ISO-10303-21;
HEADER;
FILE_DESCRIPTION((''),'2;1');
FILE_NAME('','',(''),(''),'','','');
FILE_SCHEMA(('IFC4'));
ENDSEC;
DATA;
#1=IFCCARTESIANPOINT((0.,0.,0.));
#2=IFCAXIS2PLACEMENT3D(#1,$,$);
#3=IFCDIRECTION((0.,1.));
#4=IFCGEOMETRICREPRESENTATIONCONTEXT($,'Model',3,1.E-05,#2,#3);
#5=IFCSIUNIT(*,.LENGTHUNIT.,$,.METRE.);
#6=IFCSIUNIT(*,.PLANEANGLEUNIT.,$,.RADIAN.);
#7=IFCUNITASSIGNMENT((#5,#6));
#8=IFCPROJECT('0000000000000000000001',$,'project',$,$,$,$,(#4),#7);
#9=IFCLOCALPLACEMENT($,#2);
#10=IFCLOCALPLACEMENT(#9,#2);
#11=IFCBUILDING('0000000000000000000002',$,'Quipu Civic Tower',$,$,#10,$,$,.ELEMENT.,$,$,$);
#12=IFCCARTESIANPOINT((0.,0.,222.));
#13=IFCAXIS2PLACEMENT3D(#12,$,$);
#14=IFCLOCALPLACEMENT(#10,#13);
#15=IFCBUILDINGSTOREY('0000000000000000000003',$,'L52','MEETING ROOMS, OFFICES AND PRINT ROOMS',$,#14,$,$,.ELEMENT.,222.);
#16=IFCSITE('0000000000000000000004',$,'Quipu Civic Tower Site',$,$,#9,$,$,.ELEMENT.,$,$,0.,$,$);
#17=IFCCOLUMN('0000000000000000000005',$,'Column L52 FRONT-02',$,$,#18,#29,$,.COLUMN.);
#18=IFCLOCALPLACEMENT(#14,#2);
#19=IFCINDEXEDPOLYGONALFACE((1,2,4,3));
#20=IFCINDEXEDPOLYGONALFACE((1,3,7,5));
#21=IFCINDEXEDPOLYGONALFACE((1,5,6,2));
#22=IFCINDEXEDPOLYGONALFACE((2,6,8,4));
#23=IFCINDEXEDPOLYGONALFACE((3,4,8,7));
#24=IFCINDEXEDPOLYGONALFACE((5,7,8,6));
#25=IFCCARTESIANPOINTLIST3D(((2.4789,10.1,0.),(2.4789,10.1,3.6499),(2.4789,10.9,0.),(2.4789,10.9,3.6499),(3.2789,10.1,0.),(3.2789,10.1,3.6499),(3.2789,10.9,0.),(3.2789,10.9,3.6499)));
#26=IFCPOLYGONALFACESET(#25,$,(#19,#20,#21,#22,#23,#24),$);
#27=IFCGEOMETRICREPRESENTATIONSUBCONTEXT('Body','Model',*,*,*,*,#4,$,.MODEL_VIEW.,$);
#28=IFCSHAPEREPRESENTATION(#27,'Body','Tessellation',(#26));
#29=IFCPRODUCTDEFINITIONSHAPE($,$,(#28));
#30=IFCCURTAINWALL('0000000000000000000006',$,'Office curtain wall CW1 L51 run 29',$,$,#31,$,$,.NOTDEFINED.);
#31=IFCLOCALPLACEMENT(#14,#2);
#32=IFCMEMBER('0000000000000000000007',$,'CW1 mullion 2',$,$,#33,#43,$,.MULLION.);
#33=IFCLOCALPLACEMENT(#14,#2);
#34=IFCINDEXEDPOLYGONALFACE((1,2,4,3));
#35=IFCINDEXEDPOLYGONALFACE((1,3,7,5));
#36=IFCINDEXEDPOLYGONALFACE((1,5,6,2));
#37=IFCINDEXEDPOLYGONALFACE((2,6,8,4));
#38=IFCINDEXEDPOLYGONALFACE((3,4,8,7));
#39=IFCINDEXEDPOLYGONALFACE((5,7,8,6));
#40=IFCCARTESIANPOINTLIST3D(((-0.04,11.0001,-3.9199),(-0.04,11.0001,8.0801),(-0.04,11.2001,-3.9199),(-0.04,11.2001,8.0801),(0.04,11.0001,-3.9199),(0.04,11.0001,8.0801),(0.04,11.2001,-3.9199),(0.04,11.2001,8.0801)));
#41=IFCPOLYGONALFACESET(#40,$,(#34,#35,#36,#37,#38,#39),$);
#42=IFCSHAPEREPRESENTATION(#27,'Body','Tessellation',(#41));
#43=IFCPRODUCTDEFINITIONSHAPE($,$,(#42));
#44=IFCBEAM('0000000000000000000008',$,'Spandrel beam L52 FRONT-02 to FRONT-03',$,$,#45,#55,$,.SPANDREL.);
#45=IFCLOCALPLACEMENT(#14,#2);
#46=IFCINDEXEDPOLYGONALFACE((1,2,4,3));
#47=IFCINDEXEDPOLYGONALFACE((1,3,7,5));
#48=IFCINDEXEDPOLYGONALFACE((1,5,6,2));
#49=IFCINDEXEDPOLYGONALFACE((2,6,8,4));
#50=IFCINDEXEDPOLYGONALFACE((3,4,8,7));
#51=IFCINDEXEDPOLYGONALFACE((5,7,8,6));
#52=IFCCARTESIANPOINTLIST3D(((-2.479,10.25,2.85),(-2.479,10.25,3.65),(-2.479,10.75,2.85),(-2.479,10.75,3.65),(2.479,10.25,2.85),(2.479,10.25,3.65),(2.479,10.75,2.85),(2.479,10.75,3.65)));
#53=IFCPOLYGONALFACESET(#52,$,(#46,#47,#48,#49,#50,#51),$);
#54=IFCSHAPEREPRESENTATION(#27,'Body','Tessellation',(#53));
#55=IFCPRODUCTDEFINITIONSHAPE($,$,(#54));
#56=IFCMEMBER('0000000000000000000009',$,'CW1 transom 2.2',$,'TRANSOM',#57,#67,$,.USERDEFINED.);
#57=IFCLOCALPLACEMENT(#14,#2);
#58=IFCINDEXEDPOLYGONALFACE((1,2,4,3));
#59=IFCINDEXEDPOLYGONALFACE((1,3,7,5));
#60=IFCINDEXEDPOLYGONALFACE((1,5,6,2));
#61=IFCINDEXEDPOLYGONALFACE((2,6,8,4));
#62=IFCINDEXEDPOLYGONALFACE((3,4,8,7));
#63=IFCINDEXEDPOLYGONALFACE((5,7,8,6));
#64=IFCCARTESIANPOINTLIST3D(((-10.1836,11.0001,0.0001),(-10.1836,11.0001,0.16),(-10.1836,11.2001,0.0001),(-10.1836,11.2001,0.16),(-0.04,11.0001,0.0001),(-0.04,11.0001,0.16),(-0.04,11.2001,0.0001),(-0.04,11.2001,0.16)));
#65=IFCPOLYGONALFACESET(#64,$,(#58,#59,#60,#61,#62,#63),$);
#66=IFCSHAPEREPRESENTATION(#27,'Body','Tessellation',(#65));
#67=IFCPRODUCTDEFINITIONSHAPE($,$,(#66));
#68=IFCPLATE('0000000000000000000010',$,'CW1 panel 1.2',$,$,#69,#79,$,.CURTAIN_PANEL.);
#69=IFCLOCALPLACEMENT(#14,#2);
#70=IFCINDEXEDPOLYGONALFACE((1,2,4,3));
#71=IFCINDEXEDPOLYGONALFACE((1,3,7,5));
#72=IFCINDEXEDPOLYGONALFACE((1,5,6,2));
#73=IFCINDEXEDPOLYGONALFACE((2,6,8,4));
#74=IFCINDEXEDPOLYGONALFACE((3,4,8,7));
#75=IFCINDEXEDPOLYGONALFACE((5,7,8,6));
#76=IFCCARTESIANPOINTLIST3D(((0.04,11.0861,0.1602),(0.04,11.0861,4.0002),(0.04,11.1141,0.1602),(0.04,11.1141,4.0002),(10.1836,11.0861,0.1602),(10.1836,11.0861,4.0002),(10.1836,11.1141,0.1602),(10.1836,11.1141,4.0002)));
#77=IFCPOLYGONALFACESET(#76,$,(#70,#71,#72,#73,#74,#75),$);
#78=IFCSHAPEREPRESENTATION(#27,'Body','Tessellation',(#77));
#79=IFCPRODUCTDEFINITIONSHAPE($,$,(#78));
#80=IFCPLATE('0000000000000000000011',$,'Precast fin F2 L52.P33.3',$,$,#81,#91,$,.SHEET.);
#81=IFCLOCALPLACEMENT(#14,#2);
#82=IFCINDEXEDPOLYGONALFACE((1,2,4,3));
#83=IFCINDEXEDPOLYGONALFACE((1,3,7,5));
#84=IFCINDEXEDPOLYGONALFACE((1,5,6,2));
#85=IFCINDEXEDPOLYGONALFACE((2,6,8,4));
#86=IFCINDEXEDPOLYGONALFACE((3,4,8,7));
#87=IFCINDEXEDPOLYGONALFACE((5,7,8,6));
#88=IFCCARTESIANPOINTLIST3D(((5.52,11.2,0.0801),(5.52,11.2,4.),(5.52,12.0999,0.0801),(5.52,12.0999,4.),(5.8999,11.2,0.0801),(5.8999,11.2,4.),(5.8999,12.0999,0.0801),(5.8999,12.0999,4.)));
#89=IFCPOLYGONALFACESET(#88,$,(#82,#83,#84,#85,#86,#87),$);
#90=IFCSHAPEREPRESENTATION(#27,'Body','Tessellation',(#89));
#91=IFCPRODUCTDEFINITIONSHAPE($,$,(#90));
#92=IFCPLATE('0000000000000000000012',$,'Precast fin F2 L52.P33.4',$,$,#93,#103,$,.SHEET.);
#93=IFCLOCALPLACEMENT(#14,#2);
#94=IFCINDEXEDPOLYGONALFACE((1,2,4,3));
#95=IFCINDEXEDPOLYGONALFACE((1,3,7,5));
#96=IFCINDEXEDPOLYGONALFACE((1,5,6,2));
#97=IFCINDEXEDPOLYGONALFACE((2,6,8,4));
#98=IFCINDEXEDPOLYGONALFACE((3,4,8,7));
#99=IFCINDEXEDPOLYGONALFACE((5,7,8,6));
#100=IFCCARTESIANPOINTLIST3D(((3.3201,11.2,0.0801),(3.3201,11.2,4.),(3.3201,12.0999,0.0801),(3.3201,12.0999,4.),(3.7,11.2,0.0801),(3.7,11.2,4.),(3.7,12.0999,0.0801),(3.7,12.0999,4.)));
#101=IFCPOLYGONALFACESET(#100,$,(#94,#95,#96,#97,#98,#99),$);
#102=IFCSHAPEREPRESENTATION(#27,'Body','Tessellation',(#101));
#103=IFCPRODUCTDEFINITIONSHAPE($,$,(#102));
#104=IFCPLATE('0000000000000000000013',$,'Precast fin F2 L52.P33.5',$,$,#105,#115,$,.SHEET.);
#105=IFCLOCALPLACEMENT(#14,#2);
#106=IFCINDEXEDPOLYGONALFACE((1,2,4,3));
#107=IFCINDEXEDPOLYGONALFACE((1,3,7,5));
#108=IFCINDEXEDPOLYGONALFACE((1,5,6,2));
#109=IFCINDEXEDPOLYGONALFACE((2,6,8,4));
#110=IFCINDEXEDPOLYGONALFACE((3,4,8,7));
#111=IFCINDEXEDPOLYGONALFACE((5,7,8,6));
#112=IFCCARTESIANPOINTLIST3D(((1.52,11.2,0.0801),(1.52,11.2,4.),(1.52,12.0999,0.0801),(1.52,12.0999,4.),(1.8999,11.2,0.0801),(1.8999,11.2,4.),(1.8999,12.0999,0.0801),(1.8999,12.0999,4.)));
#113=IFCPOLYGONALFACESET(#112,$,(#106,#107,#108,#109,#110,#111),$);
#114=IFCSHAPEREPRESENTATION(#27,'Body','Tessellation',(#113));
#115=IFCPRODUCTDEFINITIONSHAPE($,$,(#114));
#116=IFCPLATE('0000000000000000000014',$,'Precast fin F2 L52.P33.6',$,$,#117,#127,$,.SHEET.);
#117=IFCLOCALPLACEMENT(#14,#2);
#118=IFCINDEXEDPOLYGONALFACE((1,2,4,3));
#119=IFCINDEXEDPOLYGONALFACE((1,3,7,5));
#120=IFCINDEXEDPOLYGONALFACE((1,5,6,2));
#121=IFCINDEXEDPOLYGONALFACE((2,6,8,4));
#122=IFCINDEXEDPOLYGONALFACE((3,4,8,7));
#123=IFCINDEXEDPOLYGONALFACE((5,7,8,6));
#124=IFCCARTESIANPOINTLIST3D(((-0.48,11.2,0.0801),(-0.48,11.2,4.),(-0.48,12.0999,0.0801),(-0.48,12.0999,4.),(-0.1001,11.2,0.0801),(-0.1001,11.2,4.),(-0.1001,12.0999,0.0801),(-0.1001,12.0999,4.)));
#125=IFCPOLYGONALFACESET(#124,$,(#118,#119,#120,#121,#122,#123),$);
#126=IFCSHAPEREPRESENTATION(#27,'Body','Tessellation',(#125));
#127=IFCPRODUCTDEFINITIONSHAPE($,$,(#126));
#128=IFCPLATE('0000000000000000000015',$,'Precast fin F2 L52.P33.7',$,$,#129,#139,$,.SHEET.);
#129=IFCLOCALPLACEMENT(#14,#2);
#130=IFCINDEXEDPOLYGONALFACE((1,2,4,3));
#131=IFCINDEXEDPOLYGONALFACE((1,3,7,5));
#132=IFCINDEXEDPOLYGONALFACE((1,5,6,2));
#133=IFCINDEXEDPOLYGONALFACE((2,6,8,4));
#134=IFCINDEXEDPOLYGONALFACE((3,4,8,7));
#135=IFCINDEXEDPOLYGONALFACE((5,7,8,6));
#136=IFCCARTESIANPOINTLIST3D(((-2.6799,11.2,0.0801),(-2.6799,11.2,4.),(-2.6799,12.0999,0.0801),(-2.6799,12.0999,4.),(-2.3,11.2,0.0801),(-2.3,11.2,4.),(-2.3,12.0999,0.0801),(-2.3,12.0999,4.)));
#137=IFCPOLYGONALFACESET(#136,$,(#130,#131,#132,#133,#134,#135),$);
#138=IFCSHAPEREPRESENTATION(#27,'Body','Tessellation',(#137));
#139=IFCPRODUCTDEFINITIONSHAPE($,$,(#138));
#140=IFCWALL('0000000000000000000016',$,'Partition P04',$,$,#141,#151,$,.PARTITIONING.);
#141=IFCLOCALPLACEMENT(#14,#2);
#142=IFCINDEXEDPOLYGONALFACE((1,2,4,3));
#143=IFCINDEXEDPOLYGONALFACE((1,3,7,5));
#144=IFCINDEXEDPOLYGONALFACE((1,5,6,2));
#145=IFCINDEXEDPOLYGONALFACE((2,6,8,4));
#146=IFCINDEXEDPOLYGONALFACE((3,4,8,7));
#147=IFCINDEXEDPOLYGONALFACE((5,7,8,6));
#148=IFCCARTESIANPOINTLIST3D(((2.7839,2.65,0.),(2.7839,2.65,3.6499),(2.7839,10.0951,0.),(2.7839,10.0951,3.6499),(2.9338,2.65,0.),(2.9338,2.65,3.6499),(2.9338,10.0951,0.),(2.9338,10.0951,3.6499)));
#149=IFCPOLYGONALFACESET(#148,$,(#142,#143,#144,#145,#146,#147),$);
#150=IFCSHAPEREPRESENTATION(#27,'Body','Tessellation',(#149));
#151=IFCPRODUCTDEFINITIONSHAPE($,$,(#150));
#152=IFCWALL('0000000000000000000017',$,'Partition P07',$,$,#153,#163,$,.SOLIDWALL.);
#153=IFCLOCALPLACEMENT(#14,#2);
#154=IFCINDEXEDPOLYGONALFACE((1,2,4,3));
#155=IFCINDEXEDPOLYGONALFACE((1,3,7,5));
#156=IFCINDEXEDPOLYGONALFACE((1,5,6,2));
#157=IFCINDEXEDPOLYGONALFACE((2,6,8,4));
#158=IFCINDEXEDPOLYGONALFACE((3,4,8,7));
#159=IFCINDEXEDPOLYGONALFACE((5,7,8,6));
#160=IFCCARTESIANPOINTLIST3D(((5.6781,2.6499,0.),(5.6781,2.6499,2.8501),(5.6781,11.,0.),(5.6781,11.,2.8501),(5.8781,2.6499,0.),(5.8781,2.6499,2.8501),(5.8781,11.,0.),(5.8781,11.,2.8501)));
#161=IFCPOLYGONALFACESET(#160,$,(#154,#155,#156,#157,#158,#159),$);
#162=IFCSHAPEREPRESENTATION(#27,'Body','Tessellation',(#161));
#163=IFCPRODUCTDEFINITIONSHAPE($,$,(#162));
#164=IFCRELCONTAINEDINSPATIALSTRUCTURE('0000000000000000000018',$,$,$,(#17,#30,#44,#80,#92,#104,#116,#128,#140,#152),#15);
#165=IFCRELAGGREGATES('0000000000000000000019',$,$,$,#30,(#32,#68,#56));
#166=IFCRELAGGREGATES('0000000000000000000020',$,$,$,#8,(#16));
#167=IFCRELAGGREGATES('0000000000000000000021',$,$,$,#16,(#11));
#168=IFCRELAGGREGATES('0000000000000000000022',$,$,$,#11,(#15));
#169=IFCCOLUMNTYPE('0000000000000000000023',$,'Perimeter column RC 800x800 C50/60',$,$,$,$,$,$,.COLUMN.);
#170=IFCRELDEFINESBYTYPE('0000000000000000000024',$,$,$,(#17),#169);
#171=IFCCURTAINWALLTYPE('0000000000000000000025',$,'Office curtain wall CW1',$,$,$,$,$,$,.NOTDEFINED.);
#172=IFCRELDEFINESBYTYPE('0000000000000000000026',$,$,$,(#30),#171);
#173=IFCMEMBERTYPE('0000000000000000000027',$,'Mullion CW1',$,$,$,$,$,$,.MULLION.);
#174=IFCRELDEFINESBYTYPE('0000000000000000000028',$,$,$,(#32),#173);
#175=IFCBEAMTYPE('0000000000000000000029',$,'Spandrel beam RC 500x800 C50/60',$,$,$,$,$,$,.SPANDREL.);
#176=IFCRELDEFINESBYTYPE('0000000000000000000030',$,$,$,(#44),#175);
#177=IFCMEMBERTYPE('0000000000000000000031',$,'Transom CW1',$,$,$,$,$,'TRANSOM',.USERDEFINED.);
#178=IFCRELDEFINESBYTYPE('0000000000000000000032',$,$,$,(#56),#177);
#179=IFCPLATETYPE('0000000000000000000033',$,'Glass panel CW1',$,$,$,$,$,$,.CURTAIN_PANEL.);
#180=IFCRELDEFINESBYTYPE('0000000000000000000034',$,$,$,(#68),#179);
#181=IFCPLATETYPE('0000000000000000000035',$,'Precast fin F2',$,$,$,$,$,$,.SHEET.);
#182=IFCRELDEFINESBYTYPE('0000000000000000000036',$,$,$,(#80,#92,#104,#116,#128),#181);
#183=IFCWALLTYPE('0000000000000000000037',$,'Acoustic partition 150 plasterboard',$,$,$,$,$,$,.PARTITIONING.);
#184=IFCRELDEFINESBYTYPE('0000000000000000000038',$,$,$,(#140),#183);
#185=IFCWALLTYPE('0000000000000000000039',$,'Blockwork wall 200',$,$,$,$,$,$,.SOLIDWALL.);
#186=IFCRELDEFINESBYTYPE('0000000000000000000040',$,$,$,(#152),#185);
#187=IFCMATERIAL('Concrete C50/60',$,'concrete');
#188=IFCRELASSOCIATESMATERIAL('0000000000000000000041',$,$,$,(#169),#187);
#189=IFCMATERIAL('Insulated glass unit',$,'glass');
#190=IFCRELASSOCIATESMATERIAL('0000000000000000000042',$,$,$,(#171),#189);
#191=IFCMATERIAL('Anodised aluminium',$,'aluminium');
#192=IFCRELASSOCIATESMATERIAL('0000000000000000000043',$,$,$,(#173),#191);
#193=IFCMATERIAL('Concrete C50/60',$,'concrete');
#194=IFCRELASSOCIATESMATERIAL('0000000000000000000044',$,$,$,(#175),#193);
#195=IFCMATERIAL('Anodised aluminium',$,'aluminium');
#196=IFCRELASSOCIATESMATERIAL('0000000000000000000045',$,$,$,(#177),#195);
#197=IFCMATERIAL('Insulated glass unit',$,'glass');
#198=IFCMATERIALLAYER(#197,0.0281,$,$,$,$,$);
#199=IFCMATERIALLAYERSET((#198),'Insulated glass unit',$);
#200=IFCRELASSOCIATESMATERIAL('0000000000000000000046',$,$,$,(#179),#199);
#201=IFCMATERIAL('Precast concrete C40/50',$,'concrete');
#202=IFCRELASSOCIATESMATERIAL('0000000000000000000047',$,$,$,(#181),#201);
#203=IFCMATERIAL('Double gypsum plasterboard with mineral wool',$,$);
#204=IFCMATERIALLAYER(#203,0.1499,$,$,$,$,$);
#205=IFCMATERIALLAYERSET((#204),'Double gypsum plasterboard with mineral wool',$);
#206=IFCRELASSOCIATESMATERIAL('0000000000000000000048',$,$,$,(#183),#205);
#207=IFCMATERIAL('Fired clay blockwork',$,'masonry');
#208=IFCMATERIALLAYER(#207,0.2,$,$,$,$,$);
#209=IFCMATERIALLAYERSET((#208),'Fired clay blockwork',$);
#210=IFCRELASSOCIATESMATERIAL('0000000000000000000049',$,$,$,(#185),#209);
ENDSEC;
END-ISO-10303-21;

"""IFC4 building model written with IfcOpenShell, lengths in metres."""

from ifc_helpers import new_model, si_unit, direction, frame, frame_2d, origin, origin_2d, place, context, subcontext, project, spatial, rectangle, extrude, material, layer, layer_set, material_profile, profile_set, type_object, element, aggregate, save


model = new_model("IFC4")

# Units and contexts
model_context = context("Model", 3, precision=1e-05, world=origin(), true_north=direction((0.0, 1.0)))
body_context = subcontext(model_context, "Body", "Model", "MODEL_VIEW")
ifc_project = project(units=[si_unit("LENGTHUNIT", "METRE"), si_unit("PLANEANGLEUNIT", "RADIAN")], contexts=[model_context])

# Site, building, storey
site_placement = place(None, origin())
site = spatial("IfcSite", under=ifc_project, at=site_placement, Name="Quipu Civic Tower Site", CompositionType="ELEMENT", RefElevation=0.0)
building_placement = place(site_placement, origin())
building = spatial("IfcBuilding", under=site, at=building_placement, Name="Quipu Civic Tower", CompositionType="ELEMENT")
storey_placement = place(building_placement, frame((0.0, 0.0, 222.0)))
storey = spatial("IfcBuildingStorey", under=building, at=storey_placement, Name="L52", Description="MEETING ROOMS, OFFICES AND PRINT ROOMS", CompositionType="ELEMENT", Elevation=222.0)

# Column
ifc_material_1 = material(Name="Concrete C50/60", Category="concrete")
ifc_material_profile_1 = material_profile(ifc_material_1, rectangle(XDim=0.8, YDim=0.8, at=origin_2d()), Name="RC800x800")
ifc_profile_set_1 = profile_set([ifc_material_profile_1], Name="Concrete C50/60")
column_type = type_object("IfcColumnType", Name="Perimeter column RC 800x800 C50/60", PredefinedType="COLUMN", material=ifc_profile_set_1)
column_placement = place(storey_placement, frame((2.8789, 10.5, 0.0), z_axis=(0.0, 0.0, 1.0), x_axis=(-1.0, 0.0, 0.0)))
element("IfcColumn", 1, at=column_placement, inside=storey, type_object=column_type, Name="Column L52 FRONT-02", PredefinedType="COLUMN", context=body_context, shape_type="SweptSolid", body=[
    extrude(rectangle(XDim=0.8, YDim=0.8, at=origin_2d()), origin(), (0.0, 0.0, 1.0), 3.6499),
])

# Curtain wall, member
ifc_material_2 = material(Name="Insulated glass unit", Category="glass")
curtain_wall_type = type_object("IfcCurtainWallType", Name="Office curtain wall CW1", PredefinedType="NOTDEFINED", material=ifc_material_2)
curtain_wall_placement = place(storey_placement, origin())
curtain_wall = element("IfcCurtainWall", 2, at=curtain_wall_placement, inside=storey, type_object=curtain_wall_type, Name="Office curtain wall CW1 L51 run 29", PredefinedType="NOTDEFINED")
ifc_material_3 = material(Name="Anodised aluminium", Category="aluminium")
ifc_material_profile_2 = material_profile(ifc_material_3, rectangle(XDim=0.2, YDim=0.0801, at=origin_2d()), Name="RECT 200x80")
ifc_profile_set_2 = profile_set([ifc_material_profile_2], Name="Anodised aluminium")
member_type_1 = type_object("IfcMemberType", Name="Mullion CW1", PredefinedType="MULLION", material=ifc_profile_set_2)
member_1_placement = place(storey_placement, frame((0.0, 11.1001, -3.9199), z_axis=(0.0, 0.0, 1.0), x_axis=(0.0, -1.0, 0.0)))
member_1 = element("IfcMember", 3, at=member_1_placement, type_object=member_type_1, Name="CW1 mullion 2", PredefinedType="MULLION", context=body_context, shape_type="SweptSolid", body=[
    extrude(rectangle(XDim=0.2, YDim=0.0801, at=origin_2d()), origin(), (0.0, 0.0, 1.0), 12.0),
])

# Beam
ifc_material_4 = material(Name="Concrete C50/60", Category="concrete")
ifc_material_profile_3 = material_profile(ifc_material_4, rectangle(XDim=0.5, YDim=0.8, at=origin_2d()), Name="RC500x800")
ifc_profile_set_3 = profile_set([ifc_material_profile_3], Name="Concrete C50/60")
beam_type = type_object("IfcBeamType", Name="Spandrel beam RC 500x800 C50/60", PredefinedType="SPANDREL", material=ifc_profile_set_3)
beam_placement = place(storey_placement, frame((2.479, 10.5, 3.25), z_axis=(-1.0, 0.0, 0.0), x_axis=(0.0, -1.0, 0.0)))
element("IfcBeam", 4, at=beam_placement, inside=storey, type_object=beam_type, Name="Spandrel beam L52 FRONT-02 to FRONT-03", PredefinedType="SPANDREL", context=body_context, shape_type="SweptSolid", body=[
    extrude(rectangle(XDim=0.5, YDim=0.8, at=origin_2d()), origin(), (0.0, 0.0, 1.0), 4.958),
])

# Member
ifc_material_5 = material(Name="Anodised aluminium", Category="aluminium")
ifc_material_profile_4 = material_profile(ifc_material_5, rectangle(XDim=0.2, YDim=0.1599, at=origin_2d()), Name="RECT 200x160")
ifc_profile_set_4 = profile_set([ifc_material_profile_4], Name="Anodised aluminium")
member_type_2 = type_object("IfcMemberType", Name="Transom CW1", ElementType="TRANSOM", PredefinedType="USERDEFINED", material=ifc_profile_set_4)
member_2_placement = place(storey_placement, frame((-0.04, 11.1001, 0.0801), z_axis=(-1.0, 0.0, 0.0), x_axis=(0.0, -1.0, 0.0)))
member_2 = element("IfcMember", 5, at=member_2_placement, type_object=member_type_2, Name="CW1 transom 2.2", ObjectType="TRANSOM", PredefinedType="USERDEFINED", context=body_context, shape_type="SweptSolid", body=[
    extrude(rectangle(XDim=0.2, YDim=0.1599, at=origin_2d()), origin(), (0.0, 0.0, 1.0), 10.1436),
])

# Plate
ifc_material_6 = material(Name="Insulated glass unit", Category="glass")
ifc_layer_1 = layer(ifc_material_6, 0.0281)
ifc_layer_set_1 = layer_set([ifc_layer_1], Name="Insulated glass unit")
plate_type_1 = type_object("IfcPlateType", Name="Glass panel CW1", PredefinedType="CURTAIN_PANEL", material=ifc_layer_set_1)
plate_placement = place(storey_placement, frame((5.1118, 11.1001, 0.1602), z_axis=(0.0, 0.0, 1.0), x_axis=(-1.0, 0.0, 0.0)))
plate = element("IfcPlate", 6, at=plate_placement, type_object=plate_type_1, Name="CW1 panel 1.2", PredefinedType="CURTAIN_PANEL", context=body_context, shape_type="SweptSolid", body=[
    extrude(rectangle(XDim=10.1436, YDim=0.0281, at=origin_2d()), origin(), (0.0, 0.0, 1.0), 3.8401),
])
aggregate(curtain_wall, [member_1, plate, member_2])

# Plates
ifc_material_7 = material(Name="Precast concrete C40/50", Category="concrete")
plate_type_2 = type_object("IfcPlateType", Name="Precast fin F2", PredefinedType="SHEET", material=ifc_material_7)
for number, where, z_axis, x_axis, name in (
    (7, (5.71, 11.6499, 0.0801), (0.0, 0.0, 1.0), (-1.0, 0.0, 0.0), "Precast fin F2 L52.P33.3"),
    (8, (3.51, 11.6499, 0.0801), (0.0, 0.0, 1.0), (-1.0, 0.0, 0.0), "Precast fin F2 L52.P33.4"),
    (9, (1.71, 11.6499, 0.0801), (0.0, 0.0, 1.0), (-1.0, 0.0, 0.0), "Precast fin F2 L52.P33.5"),
    (10, (-0.29, 11.6499, 0.0801), (0.0, 0.0, 1.0), (-1.0, 0.0, 0.0), "Precast fin F2 L52.P33.6"),
    (11, (-2.49, 11.6499, 0.0801), (0.0, 0.0, 1.0), (-1.0, 0.0, 0.0), "Precast fin F2 L52.P33.7"),
):
    element("IfcPlate", number, at=place(storey_placement, frame(where, z_axis=z_axis, x_axis=x_axis)), inside=storey, type_object=plate_type_2, Name=name, PredefinedType="SHEET", context=body_context, shape_type="SweptSolid", body=[
        extrude(rectangle(XDim=0.3799, YDim=0.8999, at=origin_2d()), origin(), (0.0, 0.0, 1.0), 3.9199),
    ])

# Walls
ifc_material_8 = material(Name="Double gypsum plasterboard with mineral wool")
ifc_layer_2 = layer(ifc_material_8, 0.1499)
ifc_layer_set_2 = layer_set([ifc_layer_2], Name="Double gypsum plasterboard with mineral wool")
wall_type_1 = type_object("IfcWallType", Name="Acoustic partition 150 plasterboard", PredefinedType="PARTITIONING", material=ifc_layer_set_2)
wall_1_placement = place(storey_placement, frame((2.8589, 2.6499, 0.0), z_axis=(0.0, 0.0, 1.0), x_axis=(0.0, 1.0, 0.0)))
element("IfcWall", 12, at=wall_1_placement, inside=storey, type_object=wall_type_1, Name="Partition P04", PredefinedType="PARTITIONING", context=body_context, shape_type="SweptSolid", body=[
    extrude(rectangle(XDim=7.4451, YDim=0.1499, at=frame_2d((3.7227, 0.0))), origin(), (0.0, 0.0, 1.0), 3.6499),
])
ifc_material_9 = material(Name="Fired clay blockwork", Category="masonry")
ifc_layer_3 = layer(ifc_material_9, 0.2)
ifc_layer_set_3 = layer_set([ifc_layer_3], Name="Fired clay blockwork")
wall_type_2 = type_object("IfcWallType", Name="Blockwork wall 200", PredefinedType="SOLIDWALL", material=ifc_layer_set_3)
wall_2_placement = place(storey_placement, frame((5.7781, 11.0, 0.0), z_axis=(0.0, 0.0, 1.0), x_axis=(0.0, -1.0, 0.0)))
element("IfcWall", 13, at=wall_2_placement, inside=storey, type_object=wall_type_2, Name="Partition P07", PredefinedType="SOLIDWALL", context=body_context, shape_type="SweptSolid", body=[
    extrude(rectangle(XDim=8.3501, YDim=0.2, at=frame_2d((4.175, 0.0))), origin(), (0.0, 0.0, 1.0), 2.8501),
])

save(model, "model.ifc")
